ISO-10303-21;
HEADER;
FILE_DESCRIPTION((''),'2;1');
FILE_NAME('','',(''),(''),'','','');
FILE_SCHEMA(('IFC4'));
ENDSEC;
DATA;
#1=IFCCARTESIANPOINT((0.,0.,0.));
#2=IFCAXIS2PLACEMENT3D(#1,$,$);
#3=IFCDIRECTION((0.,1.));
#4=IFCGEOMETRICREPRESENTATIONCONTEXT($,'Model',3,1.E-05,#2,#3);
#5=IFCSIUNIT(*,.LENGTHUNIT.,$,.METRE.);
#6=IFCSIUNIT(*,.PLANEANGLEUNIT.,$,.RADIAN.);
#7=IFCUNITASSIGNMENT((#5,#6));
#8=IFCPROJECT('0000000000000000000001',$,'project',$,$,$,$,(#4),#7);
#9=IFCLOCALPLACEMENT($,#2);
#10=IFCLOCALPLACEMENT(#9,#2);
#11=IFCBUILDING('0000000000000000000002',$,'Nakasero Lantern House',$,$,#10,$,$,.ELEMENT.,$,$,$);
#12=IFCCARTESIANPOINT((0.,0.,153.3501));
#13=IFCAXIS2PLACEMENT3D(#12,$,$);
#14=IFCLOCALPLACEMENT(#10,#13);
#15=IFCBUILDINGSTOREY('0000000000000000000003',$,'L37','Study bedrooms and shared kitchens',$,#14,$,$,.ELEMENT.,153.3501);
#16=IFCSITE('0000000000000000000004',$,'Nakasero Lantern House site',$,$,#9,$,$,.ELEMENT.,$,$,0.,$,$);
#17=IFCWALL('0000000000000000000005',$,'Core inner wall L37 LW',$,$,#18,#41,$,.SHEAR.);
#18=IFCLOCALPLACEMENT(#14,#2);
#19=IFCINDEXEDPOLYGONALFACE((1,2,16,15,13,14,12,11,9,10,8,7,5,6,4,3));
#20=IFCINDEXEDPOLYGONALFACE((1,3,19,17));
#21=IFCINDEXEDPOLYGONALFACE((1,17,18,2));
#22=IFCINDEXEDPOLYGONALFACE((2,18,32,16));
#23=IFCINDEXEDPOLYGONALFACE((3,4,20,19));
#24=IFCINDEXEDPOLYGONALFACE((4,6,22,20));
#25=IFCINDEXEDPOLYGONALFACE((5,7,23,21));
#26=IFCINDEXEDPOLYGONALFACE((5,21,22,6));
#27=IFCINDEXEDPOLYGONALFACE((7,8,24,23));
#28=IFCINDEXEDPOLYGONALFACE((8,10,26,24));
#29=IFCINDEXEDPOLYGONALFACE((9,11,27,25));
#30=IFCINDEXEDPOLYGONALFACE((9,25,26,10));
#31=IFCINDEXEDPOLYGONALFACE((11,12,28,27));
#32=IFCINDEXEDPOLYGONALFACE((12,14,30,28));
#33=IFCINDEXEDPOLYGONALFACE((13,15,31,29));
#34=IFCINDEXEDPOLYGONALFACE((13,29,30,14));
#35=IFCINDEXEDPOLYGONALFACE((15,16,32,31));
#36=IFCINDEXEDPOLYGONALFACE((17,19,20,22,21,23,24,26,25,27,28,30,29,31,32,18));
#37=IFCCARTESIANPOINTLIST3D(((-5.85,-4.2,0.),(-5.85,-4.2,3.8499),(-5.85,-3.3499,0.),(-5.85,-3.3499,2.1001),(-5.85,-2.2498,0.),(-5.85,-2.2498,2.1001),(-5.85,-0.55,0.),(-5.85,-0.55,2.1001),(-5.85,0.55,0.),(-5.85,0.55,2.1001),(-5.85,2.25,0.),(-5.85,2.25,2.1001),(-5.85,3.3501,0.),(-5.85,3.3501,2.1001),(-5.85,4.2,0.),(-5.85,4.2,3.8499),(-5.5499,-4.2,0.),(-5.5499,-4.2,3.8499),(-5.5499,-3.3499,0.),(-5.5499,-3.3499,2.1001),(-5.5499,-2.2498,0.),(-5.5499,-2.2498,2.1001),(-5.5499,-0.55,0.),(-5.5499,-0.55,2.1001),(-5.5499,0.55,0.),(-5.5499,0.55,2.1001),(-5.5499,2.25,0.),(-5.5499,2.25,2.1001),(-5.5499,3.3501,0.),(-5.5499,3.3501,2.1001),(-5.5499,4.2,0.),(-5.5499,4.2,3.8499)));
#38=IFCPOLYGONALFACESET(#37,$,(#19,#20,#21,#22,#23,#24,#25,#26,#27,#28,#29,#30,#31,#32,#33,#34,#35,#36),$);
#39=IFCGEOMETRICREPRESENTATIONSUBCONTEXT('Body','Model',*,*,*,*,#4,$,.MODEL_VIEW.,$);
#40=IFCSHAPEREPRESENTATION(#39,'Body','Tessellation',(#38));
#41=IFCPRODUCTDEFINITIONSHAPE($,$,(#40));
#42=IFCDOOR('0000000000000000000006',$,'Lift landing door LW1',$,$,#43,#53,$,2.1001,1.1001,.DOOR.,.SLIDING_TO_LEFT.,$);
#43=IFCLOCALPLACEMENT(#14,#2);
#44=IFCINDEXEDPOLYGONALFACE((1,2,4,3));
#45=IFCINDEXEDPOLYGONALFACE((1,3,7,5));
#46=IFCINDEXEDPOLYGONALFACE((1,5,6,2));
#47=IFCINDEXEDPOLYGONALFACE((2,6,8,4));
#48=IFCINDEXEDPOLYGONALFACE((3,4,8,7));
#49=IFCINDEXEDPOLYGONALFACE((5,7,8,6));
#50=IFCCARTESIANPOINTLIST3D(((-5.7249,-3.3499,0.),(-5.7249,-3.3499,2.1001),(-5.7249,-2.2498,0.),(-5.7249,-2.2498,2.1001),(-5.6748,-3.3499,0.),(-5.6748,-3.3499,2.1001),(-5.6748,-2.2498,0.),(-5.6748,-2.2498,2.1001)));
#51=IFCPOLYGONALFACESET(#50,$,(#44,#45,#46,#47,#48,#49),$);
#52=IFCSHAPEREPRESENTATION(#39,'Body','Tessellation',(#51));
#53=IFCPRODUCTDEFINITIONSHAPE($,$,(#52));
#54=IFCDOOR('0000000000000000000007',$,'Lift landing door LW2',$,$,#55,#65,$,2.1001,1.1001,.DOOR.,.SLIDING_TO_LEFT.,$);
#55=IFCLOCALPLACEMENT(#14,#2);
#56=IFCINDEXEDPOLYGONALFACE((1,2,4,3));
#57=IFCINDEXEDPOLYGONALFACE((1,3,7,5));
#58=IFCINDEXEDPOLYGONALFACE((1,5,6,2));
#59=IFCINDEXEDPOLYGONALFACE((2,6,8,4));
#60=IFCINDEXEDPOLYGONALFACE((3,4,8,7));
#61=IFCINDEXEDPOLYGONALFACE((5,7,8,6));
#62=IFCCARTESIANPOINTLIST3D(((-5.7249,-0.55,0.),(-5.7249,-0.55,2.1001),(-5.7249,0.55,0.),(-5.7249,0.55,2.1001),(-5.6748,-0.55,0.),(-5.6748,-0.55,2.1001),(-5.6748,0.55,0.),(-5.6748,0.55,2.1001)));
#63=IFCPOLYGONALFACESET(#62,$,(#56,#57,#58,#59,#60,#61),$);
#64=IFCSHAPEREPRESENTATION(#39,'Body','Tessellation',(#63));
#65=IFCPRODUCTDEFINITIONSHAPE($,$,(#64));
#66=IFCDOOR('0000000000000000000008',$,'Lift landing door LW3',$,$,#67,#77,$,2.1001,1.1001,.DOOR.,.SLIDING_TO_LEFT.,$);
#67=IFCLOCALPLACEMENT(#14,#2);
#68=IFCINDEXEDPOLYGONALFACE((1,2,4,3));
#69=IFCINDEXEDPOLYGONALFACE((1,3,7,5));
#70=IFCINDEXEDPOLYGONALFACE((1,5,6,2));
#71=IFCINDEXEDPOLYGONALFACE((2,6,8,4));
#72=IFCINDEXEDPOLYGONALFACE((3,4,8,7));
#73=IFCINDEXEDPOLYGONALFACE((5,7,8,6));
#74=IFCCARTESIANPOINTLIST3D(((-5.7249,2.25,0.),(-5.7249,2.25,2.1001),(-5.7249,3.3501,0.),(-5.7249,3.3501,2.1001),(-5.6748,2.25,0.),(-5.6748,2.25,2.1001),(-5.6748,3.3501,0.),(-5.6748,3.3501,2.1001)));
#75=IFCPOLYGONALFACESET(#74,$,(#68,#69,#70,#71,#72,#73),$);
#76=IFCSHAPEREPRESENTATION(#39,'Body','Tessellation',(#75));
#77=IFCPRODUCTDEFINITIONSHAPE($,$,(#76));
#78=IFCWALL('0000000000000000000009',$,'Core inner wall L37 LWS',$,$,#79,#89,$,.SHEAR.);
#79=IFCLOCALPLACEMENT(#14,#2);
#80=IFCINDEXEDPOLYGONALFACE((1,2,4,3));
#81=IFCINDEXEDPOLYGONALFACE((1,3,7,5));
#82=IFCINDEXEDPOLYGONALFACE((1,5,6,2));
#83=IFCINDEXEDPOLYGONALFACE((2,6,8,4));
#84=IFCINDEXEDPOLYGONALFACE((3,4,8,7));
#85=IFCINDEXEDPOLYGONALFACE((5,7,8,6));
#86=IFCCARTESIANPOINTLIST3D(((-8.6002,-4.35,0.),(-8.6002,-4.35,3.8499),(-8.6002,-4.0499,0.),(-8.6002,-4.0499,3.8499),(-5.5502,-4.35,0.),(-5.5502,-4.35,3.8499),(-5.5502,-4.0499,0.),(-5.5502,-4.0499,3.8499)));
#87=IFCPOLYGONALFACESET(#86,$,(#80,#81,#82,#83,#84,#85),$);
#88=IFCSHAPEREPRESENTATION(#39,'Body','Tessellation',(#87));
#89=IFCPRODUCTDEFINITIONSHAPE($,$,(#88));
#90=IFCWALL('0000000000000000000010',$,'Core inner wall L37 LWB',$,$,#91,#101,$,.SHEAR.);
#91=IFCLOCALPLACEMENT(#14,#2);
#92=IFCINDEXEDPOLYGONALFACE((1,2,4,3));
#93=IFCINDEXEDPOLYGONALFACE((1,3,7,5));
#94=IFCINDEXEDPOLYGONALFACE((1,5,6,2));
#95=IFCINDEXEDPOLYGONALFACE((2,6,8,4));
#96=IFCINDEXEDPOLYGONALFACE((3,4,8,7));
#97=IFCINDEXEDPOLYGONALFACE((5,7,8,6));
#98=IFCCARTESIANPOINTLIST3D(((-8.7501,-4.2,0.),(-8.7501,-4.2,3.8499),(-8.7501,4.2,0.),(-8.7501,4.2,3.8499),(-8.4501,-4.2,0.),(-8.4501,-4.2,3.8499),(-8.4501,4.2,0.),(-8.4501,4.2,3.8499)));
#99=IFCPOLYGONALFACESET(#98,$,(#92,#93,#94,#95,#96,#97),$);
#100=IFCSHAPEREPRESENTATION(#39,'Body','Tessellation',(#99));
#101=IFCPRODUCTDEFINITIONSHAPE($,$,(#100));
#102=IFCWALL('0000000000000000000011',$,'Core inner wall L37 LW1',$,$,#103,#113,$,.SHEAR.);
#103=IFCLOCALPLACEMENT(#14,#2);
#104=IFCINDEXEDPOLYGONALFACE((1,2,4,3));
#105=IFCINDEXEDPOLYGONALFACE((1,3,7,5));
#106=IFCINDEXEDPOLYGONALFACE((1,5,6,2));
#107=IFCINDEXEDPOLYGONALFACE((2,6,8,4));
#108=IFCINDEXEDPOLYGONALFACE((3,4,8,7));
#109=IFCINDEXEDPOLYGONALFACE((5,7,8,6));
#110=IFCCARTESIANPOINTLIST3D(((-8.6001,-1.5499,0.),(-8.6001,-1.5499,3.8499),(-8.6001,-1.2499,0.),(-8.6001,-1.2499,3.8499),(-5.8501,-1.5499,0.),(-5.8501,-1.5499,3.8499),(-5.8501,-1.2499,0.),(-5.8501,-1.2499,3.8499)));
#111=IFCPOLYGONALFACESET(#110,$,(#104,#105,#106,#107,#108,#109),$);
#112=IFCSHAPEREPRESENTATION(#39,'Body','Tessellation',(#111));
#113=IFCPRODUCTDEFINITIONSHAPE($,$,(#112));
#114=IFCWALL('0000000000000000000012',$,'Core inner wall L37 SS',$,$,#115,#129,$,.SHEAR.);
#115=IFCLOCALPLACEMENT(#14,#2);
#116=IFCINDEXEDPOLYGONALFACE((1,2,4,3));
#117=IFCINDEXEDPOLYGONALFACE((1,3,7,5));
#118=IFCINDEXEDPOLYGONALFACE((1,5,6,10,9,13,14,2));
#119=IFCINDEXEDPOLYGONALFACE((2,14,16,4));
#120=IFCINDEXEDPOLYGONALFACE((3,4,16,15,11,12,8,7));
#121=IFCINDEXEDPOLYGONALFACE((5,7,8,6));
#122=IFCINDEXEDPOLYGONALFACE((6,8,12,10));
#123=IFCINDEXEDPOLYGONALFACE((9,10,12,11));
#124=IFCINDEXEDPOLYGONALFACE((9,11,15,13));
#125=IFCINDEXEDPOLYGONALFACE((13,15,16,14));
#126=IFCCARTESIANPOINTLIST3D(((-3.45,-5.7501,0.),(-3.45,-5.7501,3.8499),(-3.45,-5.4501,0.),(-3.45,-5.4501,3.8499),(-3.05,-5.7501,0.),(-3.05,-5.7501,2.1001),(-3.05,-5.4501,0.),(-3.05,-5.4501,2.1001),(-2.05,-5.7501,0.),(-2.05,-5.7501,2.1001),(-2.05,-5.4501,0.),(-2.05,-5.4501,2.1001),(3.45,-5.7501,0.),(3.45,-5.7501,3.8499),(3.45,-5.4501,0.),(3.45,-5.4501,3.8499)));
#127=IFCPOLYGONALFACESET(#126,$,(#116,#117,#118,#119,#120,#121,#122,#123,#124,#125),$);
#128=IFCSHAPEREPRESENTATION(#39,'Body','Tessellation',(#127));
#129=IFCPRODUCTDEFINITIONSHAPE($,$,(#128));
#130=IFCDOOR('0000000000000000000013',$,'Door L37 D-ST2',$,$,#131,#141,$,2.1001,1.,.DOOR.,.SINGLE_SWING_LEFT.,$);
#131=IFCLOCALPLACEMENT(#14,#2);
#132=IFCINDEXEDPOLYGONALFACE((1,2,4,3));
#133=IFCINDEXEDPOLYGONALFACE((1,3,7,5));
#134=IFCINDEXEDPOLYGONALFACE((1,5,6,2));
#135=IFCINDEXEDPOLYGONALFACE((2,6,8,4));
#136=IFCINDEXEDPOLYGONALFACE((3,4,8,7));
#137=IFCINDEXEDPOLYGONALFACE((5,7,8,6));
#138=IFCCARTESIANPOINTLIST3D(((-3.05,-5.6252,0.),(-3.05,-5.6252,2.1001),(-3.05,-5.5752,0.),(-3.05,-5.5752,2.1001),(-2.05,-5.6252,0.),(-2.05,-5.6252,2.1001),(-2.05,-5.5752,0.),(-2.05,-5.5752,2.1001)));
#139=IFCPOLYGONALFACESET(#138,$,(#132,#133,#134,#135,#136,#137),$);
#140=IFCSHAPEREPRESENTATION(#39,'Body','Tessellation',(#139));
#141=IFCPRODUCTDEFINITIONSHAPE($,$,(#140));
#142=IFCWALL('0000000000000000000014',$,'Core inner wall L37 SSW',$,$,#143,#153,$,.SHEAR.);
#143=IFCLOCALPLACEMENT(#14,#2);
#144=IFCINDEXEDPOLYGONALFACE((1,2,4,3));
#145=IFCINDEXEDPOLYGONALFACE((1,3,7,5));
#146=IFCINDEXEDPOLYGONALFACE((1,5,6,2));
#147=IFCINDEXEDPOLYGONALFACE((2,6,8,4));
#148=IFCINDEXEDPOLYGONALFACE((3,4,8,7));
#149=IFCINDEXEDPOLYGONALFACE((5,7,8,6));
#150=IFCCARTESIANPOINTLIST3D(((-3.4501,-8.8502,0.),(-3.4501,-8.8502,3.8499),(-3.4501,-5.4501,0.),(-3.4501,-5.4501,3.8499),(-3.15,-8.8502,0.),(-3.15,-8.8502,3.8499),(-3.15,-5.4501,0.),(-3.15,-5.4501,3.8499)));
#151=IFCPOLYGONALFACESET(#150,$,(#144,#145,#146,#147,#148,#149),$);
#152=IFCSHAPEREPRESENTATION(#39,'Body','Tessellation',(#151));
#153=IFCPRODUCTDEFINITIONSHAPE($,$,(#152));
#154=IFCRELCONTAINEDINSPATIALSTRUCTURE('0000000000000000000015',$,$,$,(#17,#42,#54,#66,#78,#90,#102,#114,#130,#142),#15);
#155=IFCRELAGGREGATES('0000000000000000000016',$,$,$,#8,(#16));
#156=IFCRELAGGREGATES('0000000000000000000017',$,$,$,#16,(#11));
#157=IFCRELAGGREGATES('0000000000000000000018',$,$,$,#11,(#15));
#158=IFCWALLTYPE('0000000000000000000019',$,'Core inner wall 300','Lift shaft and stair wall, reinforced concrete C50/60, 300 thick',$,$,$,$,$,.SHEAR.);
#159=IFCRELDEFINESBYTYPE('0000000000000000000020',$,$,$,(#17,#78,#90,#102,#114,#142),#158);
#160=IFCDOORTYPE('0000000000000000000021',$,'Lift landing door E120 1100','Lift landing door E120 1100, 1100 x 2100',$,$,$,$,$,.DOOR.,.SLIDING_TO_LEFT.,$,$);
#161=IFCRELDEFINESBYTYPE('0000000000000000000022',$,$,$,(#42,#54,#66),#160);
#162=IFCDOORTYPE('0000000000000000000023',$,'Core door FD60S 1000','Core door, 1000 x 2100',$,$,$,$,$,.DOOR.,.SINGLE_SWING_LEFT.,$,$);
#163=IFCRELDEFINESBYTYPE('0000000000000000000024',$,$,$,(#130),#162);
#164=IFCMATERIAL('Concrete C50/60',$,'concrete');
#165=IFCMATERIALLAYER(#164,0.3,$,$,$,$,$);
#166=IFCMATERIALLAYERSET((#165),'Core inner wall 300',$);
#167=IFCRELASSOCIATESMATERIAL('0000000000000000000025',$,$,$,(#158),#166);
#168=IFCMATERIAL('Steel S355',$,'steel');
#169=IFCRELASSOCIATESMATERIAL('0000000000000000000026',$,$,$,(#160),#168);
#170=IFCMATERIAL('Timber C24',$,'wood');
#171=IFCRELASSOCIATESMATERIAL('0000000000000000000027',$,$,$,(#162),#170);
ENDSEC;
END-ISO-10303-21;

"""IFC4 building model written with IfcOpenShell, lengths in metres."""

from ifc_helpers import new_model, si_unit, direction, frame, frame_2d, origin, place, context, subcontext, project, spatial, rectangle, extrude, material, layer, layer_set, type_object, element, fill, save


model = new_model("IFC4")

# Units and contexts
model_context = context("Model", 3, precision=1e-05, world=origin(), true_north=direction((0.0, 1.0)))
body_context = subcontext(model_context, "Body", "Model", "MODEL_VIEW")
ifc_project = project(units=[si_unit("LENGTHUNIT", "METRE"), si_unit("PLANEANGLEUNIT", "RADIAN")], contexts=[model_context])

# Site, building, storey
site_placement = place(None, origin())
site = spatial("IfcSite", under=ifc_project, at=site_placement, Name="Nakasero Lantern House site", CompositionType="ELEMENT", RefElevation=0.0)
building_placement = place(site_placement, origin())
building = spatial("IfcBuilding", under=site, at=building_placement, Name="Nakasero Lantern House", CompositionType="ELEMENT")
storey_placement = place(building_placement, frame((0.0, 0.0, 153.3501)))
storey = spatial("IfcBuildingStorey", under=building, at=storey_placement, Name="L37", Description="Study bedrooms and shared kitchens", CompositionType="ELEMENT", Elevation=153.3501)

# Wall, openings, doors
ifc_material_1 = material(Name="Concrete C50/60", Category="concrete")
ifc_layer_1 = layer(ifc_material_1, 0.3)
ifc_layer_set_1 = layer_set([ifc_layer_1], Name="Core inner wall 300")
wall_type_1 = type_object("IfcWallType", Name="Core inner wall 300", Description="Lift shaft and stair wall, reinforced concrete C50/60, 300 thick", PredefinedType="SHEAR", material=ifc_layer_set_1)
wall_1_placement = place(storey_placement, frame((-5.7, -4.2, 0.0), z_axis=(0.0, 0.0, 1.0), x_axis=(0.0, 1.0, 0.0)))
wall_1 = element("IfcWall", 1, at=wall_1_placement, inside=storey, type_object=wall_type_1, Name="Core inner wall L37 LW", PredefinedType="SHEAR", context=body_context, shape_type="SweptSolid", body=[
    extrude(rectangle(XDim=8.3999, YDim=0.3, at=frame_2d((4.2, 0.0))), origin(), (0.0, 0.0, 1.0), 3.8499),
])
opening_1_placement = place(wall_1_placement, frame((0.8501, 0.0, 0.0)))
opening_1 = element("IfcOpeningElement", 2, at=opening_1_placement, cuts=wall_1, PredefinedType="OPENING", context=body_context, shape_type="SweptSolid", body=[
    extrude(rectangle(XDim=1.1001, YDim=2.1001, at=frame_2d((0.55, 1.05))), frame((0.0, 0.1699, 0.0), z_axis=(0.0, -1.0, 0.0), x_axis=(1.0, 0.0, 0.0)), (0.0, 0.0, 1.0), 0.3401),
])
opening_2_placement = place(wall_1_placement, frame((3.6499, 0.0, 0.0)))
opening_2 = element("IfcOpeningElement", 3, at=opening_2_placement, cuts=wall_1, PredefinedType="OPENING", context=body_context, shape_type="SweptSolid", body=[
    extrude(rectangle(XDim=1.1001, YDim=2.1001, at=frame_2d((0.55, 1.05))), frame((0.0, 0.1699, 0.0), z_axis=(0.0, -1.0, 0.0), x_axis=(1.0, 0.0, 0.0)), (0.0, 0.0, 1.0), 0.3401),
])
opening_3_placement = place(wall_1_placement, frame((6.45, 0.0, 0.0)))
opening_3 = element("IfcOpeningElement", 4, at=opening_3_placement, cuts=wall_1, PredefinedType="OPENING", context=body_context, shape_type="SweptSolid", body=[
    extrude(rectangle(XDim=1.1001, YDim=2.1001, at=frame_2d((0.55, 1.05))), frame((0.0, 0.1699, 0.0), z_axis=(0.0, -1.0, 0.0), x_axis=(1.0, 0.0, 0.0)), (0.0, 0.0, 1.0), 0.3401),
])
ifc_material_2 = material(Name="Steel S355", Category="steel")
door_type_1 = type_object("IfcDoorType", Name="Lift landing door E120 1100", Description="Lift landing door E120 1100, 1100 x 2100", OperationType="SLIDING_TO_LEFT", PredefinedType="DOOR", material=ifc_material_2)
door_1_placement = place(opening_1_placement, origin())
door_1 = element("IfcDoor", 5, at=door_1_placement, inside=storey, type_object=door_type_1, Name="Lift landing door LW1", OperationType="SLIDING_TO_LEFT", OverallHeight=2.1001, OverallWidth=1.1001, PredefinedType="DOOR", context=body_context, shape_type="SweptSolid", body=[
    extrude(rectangle(XDim=1.1001, YDim=2.1001, at=frame_2d((0.55, 1.05))), frame((0.0, 0.0249, 0.0), z_axis=(0.0, -1.0, 0.0), x_axis=(1.0, 0.0, 0.0)), (0.0, 0.0, 1.0), 0.05),
])
fill(opening_1, door_1)
door_2_placement = place(opening_2_placement, origin())
door_2 = element("IfcDoor", 6, at=door_2_placement, inside=storey, type_object=door_type_1, Name="Lift landing door LW2", OperationType="SLIDING_TO_LEFT", OverallHeight=2.1001, OverallWidth=1.1001, PredefinedType="DOOR", context=body_context, shape_type="SweptSolid", body=[
    extrude(rectangle(XDim=1.1001, YDim=2.1001, at=frame_2d((0.55, 1.05))), frame((0.0, 0.0249, 0.0), z_axis=(0.0, -1.0, 0.0), x_axis=(1.0, 0.0, 0.0)), (0.0, 0.0, 1.0), 0.05),
])
fill(opening_2, door_2)
door_3_placement = place(opening_3_placement, origin())
door_3 = element("IfcDoor", 7, at=door_3_placement, inside=storey, type_object=door_type_1, Name="Lift landing door LW3", OperationType="SLIDING_TO_LEFT", OverallHeight=2.1001, OverallWidth=1.1001, PredefinedType="DOOR", context=body_context, shape_type="SweptSolid", body=[
    extrude(rectangle(XDim=1.1001, YDim=2.1001, at=frame_2d((0.55, 1.05))), frame((0.0, 0.0249, 0.0), z_axis=(0.0, -1.0, 0.0), x_axis=(1.0, 0.0, 0.0)), (0.0, 0.0, 1.0), 0.05),
])
fill(opening_3, door_3)

# Walls
wall_2_placement = place(storey_placement, frame((-8.6001, -4.2, 0.0), z_axis=(0.0, 0.0, 1.0), x_axis=(1.0, 0.0, 0.0)))
element("IfcWall", 8, at=wall_2_placement, inside=storey, type_object=wall_type_1, Name="Core inner wall L37 LWS", PredefinedType="SHEAR", context=body_context, shape_type="SweptSolid", body=[
    extrude(rectangle(XDim=3.05, YDim=0.3, at=frame_2d((1.5249, 0.0))), origin(), (0.0, 0.0, 1.0), 3.8499),
])
wall_3_placement = place(storey_placement, frame((-8.6001, -4.2, 0.0), z_axis=(0.0, 0.0, 1.0), x_axis=(0.0, 1.0, 0.0)))
element("IfcWall", 9, at=wall_3_placement, inside=storey, type_object=wall_type_1, Name="Core inner wall L37 LWB", PredefinedType="SHEAR", context=body_context, shape_type="SweptSolid", body=[
    extrude(rectangle(XDim=8.3999, YDim=0.3, at=frame_2d((4.2, 0.0))), origin(), (0.0, 0.0, 1.0), 3.8499),
])
wall_4_placement = place(storey_placement, frame((-8.6001, -1.3999, 0.0), z_axis=(0.0, 0.0, 1.0), x_axis=(1.0, 0.0, 0.0)))
element("IfcWall", 10, at=wall_4_placement, inside=storey, type_object=wall_type_1, Name="Core inner wall L37 LW1", PredefinedType="SHEAR", context=body_context, shape_type="SweptSolid", body=[
    extrude(rectangle(XDim=2.75, YDim=0.3, at=frame_2d((1.375, 0.0))), origin(), (0.0, 0.0, 1.0), 3.8499),
])

# Wall, opening, door
wall_5_placement = place(storey_placement, frame((-3.45, -5.6001, 0.0), z_axis=(0.0, 0.0, 1.0), x_axis=(1.0, 0.0, 0.0)))
wall_5 = element("IfcWall", 11, at=wall_5_placement, inside=storey, type_object=wall_type_1, Name="Core inner wall L37 SS", PredefinedType="SHEAR", context=body_context, shape_type="SweptSolid", body=[
    extrude(rectangle(XDim=6.8999, YDim=0.3, at=frame_2d((3.45, 0.0))), origin(), (0.0, 0.0, 1.0), 3.8499),
])
opening_4_placement = place(wall_5_placement, frame((0.3999, 0.0, 0.0)))
opening_4 = element("IfcOpeningElement", 12, at=opening_4_placement, cuts=wall_5, PredefinedType="OPENING", context=body_context, shape_type="SweptSolid", body=[
    extrude(rectangle(XDim=1.0, YDim=2.1001, at=frame_2d((0.5, 1.05))), frame((0.0, 0.1699, 0.0), z_axis=(0.0, -1.0, 0.0), x_axis=(1.0, 0.0, 0.0)), (0.0, 0.0, 1.0), 0.3401),
])
ifc_material_3 = material(Name="Timber C24", Category="wood")
door_type_2 = type_object("IfcDoorType", Name="Core door FD60S 1000", Description="Core door, 1000 x 2100", OperationType="SINGLE_SWING_LEFT", PredefinedType="DOOR", material=ifc_material_3)
door_4_placement = place(opening_4_placement, origin())
door_4 = element("IfcDoor", 13, at=door_4_placement, inside=storey, type_object=door_type_2, Name="Door L37 D-ST2", OperationType="SINGLE_SWING_LEFT", OverallHeight=2.1001, OverallWidth=1.0, PredefinedType="DOOR", context=body_context, shape_type="SweptSolid", body=[
    extrude(rectangle(XDim=1.0, YDim=2.1001, at=frame_2d((0.5, 1.05))), frame((0.0, 0.0249, 0.0), z_axis=(0.0, -1.0, 0.0), x_axis=(1.0, 0.0, 0.0)), (0.0, 0.0, 1.0), 0.05),
])
fill(opening_4, door_4)

# Wall
wall_6_placement = place(storey_placement, frame((-3.3, -5.45, 0.0), z_axis=(0.0, 0.0, 1.0), x_axis=(0.0, -1.0, 0.0)))
element("IfcWall", 14, at=wall_6_placement, inside=storey, type_object=wall_type_1, Name="Core inner wall L37 SSW", PredefinedType="SHEAR", context=body_context, shape_type="SweptSolid", body=[
    extrude(rectangle(XDim=3.4001, YDim=0.3, at=frame_2d((1.7002, 0.0))), origin(), (0.0, 0.0, 1.0), 3.8499),
])

save(model, "model.ifc")
